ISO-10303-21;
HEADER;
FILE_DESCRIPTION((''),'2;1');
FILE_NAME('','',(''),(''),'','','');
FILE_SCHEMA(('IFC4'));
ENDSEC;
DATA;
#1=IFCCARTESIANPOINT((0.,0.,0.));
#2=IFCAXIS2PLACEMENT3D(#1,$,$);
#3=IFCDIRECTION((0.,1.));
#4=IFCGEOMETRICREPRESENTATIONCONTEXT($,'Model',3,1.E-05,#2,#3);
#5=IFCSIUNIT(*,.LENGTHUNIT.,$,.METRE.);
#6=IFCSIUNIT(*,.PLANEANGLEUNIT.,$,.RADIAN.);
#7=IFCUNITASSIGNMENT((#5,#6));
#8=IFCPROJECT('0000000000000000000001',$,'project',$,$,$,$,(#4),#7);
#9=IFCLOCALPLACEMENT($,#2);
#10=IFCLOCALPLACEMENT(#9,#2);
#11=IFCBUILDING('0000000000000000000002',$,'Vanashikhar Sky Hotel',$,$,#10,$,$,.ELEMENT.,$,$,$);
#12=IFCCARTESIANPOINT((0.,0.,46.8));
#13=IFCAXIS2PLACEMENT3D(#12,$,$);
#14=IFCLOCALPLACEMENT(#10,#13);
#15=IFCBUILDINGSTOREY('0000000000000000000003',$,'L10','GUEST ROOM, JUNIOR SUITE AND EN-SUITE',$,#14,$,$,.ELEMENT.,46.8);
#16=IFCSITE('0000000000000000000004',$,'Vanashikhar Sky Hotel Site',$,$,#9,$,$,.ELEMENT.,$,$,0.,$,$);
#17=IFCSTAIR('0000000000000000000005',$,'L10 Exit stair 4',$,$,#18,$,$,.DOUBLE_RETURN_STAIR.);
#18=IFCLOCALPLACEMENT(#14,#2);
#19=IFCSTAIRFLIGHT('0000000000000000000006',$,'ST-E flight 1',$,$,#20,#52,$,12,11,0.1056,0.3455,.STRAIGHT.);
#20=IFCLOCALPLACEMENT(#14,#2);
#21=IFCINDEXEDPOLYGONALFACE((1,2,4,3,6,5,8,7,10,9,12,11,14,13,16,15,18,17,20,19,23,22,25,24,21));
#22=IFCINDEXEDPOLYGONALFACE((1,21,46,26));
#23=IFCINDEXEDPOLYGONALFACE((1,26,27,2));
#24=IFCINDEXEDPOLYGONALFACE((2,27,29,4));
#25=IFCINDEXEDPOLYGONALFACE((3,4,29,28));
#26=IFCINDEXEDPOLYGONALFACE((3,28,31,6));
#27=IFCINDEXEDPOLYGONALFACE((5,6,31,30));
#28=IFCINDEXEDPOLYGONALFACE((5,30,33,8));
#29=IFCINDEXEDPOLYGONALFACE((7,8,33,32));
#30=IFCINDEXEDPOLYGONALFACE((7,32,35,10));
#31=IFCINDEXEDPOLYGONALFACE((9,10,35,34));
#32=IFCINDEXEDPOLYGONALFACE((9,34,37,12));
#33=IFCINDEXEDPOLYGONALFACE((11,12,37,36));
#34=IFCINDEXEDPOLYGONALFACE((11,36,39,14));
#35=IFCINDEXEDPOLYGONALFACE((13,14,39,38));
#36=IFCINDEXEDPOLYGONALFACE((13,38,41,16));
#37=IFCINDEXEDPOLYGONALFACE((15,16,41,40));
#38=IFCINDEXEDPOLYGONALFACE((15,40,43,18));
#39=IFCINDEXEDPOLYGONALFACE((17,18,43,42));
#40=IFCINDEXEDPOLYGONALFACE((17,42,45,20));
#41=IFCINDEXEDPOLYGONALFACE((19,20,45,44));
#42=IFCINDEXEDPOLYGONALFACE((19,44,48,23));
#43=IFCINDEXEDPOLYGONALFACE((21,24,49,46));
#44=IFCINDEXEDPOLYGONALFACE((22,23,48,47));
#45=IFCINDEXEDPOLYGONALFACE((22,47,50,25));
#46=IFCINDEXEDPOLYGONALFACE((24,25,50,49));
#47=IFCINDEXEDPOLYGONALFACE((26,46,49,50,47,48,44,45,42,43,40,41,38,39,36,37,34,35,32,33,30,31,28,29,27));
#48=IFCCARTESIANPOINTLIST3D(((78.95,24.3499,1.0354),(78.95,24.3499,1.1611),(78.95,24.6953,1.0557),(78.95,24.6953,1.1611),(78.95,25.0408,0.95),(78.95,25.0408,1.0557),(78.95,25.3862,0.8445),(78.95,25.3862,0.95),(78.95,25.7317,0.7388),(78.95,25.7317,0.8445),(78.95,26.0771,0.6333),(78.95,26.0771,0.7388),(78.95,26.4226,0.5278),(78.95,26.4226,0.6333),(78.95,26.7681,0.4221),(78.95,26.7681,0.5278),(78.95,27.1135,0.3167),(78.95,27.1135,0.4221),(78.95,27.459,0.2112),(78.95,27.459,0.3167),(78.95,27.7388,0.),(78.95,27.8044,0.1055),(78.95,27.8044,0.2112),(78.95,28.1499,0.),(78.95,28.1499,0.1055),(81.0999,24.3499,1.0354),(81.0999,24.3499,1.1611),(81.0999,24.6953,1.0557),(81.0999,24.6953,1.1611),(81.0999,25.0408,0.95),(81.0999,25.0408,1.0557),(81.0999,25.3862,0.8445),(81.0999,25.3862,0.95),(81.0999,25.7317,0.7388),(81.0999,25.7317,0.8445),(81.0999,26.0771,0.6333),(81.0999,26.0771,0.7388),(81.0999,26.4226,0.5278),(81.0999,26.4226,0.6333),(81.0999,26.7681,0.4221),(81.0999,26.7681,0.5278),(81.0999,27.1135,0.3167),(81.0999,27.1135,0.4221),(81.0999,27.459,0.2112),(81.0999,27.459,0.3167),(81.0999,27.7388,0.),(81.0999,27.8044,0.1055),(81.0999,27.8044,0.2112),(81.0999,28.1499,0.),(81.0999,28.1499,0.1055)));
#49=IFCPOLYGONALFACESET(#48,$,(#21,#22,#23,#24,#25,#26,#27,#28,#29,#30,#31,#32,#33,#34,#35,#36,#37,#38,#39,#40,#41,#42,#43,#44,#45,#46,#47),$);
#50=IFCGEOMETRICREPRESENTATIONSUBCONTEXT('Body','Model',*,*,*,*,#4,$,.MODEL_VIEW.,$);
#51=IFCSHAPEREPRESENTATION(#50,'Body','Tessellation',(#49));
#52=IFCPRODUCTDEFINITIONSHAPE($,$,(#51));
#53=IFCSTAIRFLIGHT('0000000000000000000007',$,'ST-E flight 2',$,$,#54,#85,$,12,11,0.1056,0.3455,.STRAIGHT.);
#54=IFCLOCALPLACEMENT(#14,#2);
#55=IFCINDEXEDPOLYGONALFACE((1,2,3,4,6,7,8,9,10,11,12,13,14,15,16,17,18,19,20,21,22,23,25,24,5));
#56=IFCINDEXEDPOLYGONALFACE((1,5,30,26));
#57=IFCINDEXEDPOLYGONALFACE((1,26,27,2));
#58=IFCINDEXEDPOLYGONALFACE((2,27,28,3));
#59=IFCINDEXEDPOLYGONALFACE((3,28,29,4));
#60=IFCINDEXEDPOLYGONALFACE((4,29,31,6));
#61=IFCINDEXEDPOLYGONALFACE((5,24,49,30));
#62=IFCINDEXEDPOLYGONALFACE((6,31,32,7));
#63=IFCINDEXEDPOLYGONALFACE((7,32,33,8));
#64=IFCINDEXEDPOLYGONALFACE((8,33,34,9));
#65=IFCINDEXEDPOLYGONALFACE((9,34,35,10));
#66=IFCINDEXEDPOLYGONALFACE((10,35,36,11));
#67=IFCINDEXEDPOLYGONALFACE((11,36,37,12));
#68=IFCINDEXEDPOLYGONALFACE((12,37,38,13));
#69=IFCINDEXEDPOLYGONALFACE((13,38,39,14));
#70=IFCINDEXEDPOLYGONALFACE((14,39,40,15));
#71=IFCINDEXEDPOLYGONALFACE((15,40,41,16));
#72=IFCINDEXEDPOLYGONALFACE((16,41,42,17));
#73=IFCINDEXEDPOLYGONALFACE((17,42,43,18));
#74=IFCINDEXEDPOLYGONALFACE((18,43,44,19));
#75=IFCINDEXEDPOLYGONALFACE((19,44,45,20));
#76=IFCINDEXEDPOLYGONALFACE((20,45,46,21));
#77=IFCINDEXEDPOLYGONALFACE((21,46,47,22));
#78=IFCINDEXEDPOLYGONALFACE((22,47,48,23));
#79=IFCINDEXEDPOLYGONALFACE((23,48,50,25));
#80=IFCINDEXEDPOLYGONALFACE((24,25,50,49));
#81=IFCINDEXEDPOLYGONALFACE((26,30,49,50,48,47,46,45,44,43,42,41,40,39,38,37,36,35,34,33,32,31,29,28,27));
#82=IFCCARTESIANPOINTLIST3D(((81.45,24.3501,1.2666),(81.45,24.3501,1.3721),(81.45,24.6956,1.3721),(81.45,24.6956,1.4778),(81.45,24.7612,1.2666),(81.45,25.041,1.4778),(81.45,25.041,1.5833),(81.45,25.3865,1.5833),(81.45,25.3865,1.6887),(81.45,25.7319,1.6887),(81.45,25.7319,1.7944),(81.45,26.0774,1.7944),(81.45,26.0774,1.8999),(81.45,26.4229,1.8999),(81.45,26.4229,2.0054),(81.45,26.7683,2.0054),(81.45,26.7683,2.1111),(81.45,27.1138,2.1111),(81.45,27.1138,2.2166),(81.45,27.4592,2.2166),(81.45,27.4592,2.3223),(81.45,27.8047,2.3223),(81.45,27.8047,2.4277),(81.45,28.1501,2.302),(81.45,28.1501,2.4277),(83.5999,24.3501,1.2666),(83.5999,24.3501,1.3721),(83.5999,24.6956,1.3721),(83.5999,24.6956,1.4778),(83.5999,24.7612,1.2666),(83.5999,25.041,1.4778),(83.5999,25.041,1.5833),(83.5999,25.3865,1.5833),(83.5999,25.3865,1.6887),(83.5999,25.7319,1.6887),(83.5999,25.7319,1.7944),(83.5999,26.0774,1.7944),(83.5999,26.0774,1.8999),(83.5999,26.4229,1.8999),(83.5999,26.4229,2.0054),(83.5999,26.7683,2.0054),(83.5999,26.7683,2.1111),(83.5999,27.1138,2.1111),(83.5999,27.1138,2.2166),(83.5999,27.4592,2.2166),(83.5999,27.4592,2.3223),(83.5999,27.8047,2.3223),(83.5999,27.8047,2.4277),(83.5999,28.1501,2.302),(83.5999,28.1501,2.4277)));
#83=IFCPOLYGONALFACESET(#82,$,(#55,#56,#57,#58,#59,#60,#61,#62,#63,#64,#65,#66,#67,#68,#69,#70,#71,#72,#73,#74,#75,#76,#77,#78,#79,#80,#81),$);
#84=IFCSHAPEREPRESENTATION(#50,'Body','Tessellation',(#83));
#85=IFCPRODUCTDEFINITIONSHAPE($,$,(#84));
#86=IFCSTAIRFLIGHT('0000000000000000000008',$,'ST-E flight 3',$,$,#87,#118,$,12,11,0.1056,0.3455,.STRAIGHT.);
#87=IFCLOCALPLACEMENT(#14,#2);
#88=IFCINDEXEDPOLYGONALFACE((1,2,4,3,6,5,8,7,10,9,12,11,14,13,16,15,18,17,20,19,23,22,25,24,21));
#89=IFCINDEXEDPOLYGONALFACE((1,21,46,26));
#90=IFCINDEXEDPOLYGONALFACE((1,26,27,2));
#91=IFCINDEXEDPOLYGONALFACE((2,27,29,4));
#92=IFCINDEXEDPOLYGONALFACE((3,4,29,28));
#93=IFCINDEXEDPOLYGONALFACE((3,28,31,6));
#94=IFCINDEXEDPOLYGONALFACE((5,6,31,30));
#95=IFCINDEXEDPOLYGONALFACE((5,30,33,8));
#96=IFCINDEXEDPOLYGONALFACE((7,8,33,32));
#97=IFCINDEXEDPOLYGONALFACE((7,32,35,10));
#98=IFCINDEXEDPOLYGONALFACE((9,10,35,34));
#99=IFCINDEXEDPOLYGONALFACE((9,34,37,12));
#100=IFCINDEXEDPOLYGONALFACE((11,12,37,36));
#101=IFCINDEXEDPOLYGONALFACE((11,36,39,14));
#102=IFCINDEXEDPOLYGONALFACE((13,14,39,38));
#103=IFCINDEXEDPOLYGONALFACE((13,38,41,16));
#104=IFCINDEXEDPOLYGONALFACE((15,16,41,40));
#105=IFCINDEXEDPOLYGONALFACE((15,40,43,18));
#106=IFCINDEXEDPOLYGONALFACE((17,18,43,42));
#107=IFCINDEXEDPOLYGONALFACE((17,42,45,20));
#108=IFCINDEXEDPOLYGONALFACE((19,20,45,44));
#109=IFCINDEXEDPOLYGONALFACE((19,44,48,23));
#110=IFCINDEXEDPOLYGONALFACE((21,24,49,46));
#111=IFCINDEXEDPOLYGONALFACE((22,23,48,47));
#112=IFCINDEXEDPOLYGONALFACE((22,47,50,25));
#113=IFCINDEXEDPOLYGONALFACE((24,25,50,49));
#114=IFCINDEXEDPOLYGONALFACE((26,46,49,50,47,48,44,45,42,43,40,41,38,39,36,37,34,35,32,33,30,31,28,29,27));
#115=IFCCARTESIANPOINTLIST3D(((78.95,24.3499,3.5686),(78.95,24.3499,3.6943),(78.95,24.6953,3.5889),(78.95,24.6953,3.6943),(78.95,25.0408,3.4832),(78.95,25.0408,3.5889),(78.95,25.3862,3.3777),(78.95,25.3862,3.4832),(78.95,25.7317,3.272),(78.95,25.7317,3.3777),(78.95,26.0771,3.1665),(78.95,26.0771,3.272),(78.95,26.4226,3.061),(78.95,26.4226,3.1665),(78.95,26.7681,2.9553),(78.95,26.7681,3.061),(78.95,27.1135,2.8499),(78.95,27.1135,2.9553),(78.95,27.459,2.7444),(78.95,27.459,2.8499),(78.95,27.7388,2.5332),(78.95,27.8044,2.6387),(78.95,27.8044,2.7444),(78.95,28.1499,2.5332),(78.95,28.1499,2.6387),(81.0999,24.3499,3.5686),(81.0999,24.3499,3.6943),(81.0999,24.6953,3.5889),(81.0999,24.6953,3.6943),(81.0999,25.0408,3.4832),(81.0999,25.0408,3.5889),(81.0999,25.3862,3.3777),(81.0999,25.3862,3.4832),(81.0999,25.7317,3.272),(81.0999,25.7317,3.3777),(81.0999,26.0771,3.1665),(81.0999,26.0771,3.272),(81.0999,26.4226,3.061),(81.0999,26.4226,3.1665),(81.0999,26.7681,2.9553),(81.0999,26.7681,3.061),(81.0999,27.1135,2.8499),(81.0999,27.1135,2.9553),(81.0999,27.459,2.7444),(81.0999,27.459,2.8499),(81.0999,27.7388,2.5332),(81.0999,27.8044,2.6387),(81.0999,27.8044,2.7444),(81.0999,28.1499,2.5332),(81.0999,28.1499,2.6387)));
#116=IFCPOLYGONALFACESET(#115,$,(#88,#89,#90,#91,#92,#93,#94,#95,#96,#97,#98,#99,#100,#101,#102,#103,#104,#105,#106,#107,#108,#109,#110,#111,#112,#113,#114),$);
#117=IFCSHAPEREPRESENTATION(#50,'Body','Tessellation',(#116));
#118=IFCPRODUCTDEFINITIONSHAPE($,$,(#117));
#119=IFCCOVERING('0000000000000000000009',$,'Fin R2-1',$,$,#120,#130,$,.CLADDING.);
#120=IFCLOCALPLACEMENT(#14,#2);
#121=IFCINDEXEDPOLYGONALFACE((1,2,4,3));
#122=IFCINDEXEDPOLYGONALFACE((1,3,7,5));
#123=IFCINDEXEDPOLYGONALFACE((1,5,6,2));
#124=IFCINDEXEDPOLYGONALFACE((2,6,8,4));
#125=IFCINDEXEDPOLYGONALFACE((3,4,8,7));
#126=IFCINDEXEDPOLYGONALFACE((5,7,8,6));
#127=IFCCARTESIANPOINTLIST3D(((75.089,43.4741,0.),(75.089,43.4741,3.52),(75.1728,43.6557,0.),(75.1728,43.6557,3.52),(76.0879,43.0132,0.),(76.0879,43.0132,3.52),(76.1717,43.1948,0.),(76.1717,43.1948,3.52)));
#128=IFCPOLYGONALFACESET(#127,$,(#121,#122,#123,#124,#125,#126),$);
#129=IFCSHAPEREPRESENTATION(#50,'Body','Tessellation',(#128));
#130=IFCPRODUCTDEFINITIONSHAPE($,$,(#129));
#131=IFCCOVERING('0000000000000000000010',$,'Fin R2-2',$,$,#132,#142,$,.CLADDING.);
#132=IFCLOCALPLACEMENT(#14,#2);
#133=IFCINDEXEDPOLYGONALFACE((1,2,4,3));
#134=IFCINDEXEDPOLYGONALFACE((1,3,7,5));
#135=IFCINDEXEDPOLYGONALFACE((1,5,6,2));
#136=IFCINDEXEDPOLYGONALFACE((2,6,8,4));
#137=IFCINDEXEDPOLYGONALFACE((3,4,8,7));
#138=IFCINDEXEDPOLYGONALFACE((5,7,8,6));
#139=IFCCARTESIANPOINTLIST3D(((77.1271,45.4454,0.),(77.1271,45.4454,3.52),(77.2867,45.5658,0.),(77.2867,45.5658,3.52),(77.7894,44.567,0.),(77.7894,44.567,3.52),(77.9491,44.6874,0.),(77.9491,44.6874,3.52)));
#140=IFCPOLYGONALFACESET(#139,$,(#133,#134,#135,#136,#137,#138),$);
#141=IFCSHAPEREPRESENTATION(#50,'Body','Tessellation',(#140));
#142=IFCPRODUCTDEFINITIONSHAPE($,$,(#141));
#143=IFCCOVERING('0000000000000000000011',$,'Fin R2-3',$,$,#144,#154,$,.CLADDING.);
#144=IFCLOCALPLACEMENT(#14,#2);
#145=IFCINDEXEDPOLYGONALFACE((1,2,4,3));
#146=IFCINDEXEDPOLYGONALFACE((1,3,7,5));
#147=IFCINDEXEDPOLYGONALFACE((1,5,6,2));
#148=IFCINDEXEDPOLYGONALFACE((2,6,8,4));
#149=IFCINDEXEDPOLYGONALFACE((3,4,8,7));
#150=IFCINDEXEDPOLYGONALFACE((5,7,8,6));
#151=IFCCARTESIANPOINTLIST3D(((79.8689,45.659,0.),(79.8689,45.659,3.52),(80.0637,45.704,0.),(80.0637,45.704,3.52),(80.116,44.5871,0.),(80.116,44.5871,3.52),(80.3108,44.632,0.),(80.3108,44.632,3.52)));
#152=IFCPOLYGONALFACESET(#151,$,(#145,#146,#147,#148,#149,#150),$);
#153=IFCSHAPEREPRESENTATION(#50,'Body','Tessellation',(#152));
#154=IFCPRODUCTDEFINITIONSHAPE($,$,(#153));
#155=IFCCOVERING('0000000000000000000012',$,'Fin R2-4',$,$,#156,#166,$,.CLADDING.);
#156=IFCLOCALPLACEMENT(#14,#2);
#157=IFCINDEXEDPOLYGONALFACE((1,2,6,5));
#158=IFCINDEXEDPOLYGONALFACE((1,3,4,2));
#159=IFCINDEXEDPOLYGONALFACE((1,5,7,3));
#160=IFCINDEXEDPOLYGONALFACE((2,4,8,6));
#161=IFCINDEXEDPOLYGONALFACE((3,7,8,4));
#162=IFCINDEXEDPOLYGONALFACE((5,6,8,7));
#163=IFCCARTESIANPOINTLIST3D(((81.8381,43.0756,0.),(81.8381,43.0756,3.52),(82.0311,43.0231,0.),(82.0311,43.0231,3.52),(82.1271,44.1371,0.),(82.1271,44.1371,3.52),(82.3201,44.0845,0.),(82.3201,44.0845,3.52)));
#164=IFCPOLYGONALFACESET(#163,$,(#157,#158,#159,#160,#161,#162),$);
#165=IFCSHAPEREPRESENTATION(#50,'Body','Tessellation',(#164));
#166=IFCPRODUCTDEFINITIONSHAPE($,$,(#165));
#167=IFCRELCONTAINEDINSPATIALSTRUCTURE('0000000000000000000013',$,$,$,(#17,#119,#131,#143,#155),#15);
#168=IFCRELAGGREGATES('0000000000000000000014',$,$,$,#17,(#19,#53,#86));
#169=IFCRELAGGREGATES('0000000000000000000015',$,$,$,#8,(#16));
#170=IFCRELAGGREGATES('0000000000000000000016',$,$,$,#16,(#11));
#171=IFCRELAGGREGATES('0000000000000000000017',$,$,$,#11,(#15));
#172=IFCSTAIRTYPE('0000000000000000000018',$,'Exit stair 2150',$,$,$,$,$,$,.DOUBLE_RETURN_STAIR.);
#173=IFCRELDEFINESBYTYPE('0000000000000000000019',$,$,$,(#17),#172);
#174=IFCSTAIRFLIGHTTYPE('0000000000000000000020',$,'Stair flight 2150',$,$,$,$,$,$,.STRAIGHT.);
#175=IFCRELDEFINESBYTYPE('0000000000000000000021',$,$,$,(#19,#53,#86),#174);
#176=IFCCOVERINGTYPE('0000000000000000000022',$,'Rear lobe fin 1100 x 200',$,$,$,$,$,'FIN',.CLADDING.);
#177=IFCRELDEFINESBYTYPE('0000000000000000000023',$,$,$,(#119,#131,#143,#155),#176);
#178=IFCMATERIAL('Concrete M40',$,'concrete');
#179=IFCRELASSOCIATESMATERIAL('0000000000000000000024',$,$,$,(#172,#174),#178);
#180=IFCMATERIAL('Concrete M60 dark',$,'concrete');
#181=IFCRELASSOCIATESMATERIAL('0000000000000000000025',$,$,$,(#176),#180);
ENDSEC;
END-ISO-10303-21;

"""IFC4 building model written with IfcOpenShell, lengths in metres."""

from ifc_helpers import new_model, si_unit, direction, frame, origin, origin_2d, place, context, subcontext, project, spatial, polyline, rectangle, outline, extrude, source, transform, mapped, material, material_profile, profile_set, type_object, element, aggregate, save


model = new_model("IFC4")

# Units and contexts
model_context = context("Model", 3, precision=1e-05, world=origin(), true_north=direction((0.0, 1.0)))
body_context = subcontext(model_context, "Body", "Model", "MODEL_VIEW")
ifc_project = project(units=[si_unit("LENGTHUNIT", "METRE"), si_unit("PLANEANGLEUNIT", "RADIAN")], contexts=[model_context])

# Site, building, storey
site_placement = place(None, origin())
site = spatial("IfcSite", under=ifc_project, at=site_placement, Name="Vanashikhar Sky Hotel Site", CompositionType="ELEMENT", RefElevation=0.0)
building_placement = place(site_placement, origin())
building = spatial("IfcBuilding", under=site, at=building_placement, Name="Vanashikhar Sky Hotel", CompositionType="ELEMENT")
storey_placement = place(building_placement, frame((0.0, 0.0, 46.8)))
storey = spatial("IfcBuildingStorey", under=building, at=storey_placement, Name="L10", Description="GUEST ROOM, JUNIOR SUITE AND EN-SUITE", CompositionType="ELEMENT", Elevation=46.8)

# Stair, stair flights
ifc_material_1 = material(Name="Concrete M40", Category="concrete")
stair_type = type_object("IfcStairType", Name="Exit stair 2150", PredefinedType="DOUBLE_RETURN_STAIR", material=ifc_material_1)
stair_placement = place(storey_placement, origin())
stair = element("IfcStair", 1, at=stair_placement, inside=storey, type_object=stair_type, Name="L10 Exit stair 4", PredefinedType="DOUBLE_RETURN_STAIR")
stair_flight_type = type_object("IfcStairFlightType", Name="Stair flight 2150", PredefinedType="STRAIGHT", material=ifc_material_1)
shared_shape_1 = source(origin(), body_context, "Body", "SweptSolid", [
    extrude(outline(polyline([(0.0, 0.0), (0.0, 0.1055), (0.3455, 0.1055), (0.3455, 0.2112), (0.6909, 0.2112), (0.6909, 0.3167), (1.0364, 0.3167), (1.0364, 0.4221), (1.3818, 0.4221), (1.3818, 0.5278), (1.7273, 0.5278), (1.7273, 0.6333), (2.0728, 0.6333), (2.0728, 0.7388), (2.4182, 0.7388), (2.4182, 0.8445), (2.7637, 0.8445), (2.7637, 0.95), (3.1091, 0.95), (3.1091, 1.0557), (3.4546, 1.0557), (3.4546, 1.1611), (3.8, 1.1611), (3.8, 1.2666), (3.8, 1.0354), (0.4111, 0.0), (0.0, 0.0)])), frame((0.0, 1.075, 0.0), z_axis=(0.0, -1.0, 0.0), x_axis=(1.0, 0.0, 0.0)), (0.0, 0.0, 1.0), 2.1499),
])
stair_flight_1_placement = place(storey_placement, frame((80.0249, 28.1499, 0.0), z_axis=(0.0, 0.0, 1.0), x_axis=(0.0, -1.0, 0.0)))
stair_flight_1 = element("IfcStairFlight", 2, at=stair_flight_1_placement, type_object=stair_flight_type, Name="ST-E flight 1", NumberOfRisers=12, NumberOfTreads=11, PredefinedType="STRAIGHT", RiserHeight=0.1056, TreadLength=0.3455, context=body_context, shape_type="MappedRepresentation", body=[
    mapped(shared_shape_1, transform((0.0, 0.0, 0.0), scale=1.0)),
])
stair_flight_2_placement = place(storey_placement, frame((82.5249, 24.3501, 1.2666), z_axis=(0.0, 0.0, 1.0), x_axis=(0.0, 1.0, 0.0)))
stair_flight_2 = element("IfcStairFlight", 3, at=stair_flight_2_placement, type_object=stair_flight_type, Name="ST-E flight 2", NumberOfRisers=12, NumberOfTreads=11, PredefinedType="STRAIGHT", RiserHeight=0.1056, TreadLength=0.3455, context=body_context, shape_type="MappedRepresentation", body=[
    mapped(shared_shape_1, transform((0.0, 0.0, 0.0), scale=1.0)),
])
stair_flight_3_placement = place(storey_placement, frame((80.0249, 28.1499, 2.5332), z_axis=(0.0, 0.0, 1.0), x_axis=(0.0, -1.0, 0.0)))
stair_flight_3 = element("IfcStairFlight", 4, at=stair_flight_3_placement, type_object=stair_flight_type, Name="ST-E flight 3", NumberOfRisers=12, NumberOfTreads=11, PredefinedType="STRAIGHT", RiserHeight=0.1056, TreadLength=0.3455, context=body_context, shape_type="MappedRepresentation", body=[
    mapped(shared_shape_1, transform((0.0, 0.0, 0.0), scale=1.0)),
])
aggregate(stair, [stair_flight_1, stair_flight_2, stair_flight_3])

# Coverings
ifc_material_2 = material(Name="Concrete M60 dark", Category="concrete")
ifc_material_profile_1 = material_profile(ifc_material_2, rectangle(XDim=1.1001, YDim=0.2, at=origin_2d()))
ifc_profile_set_1 = profile_set([ifc_material_profile_1], Name="Rear lobe fin 1100 x 200")
covering_type = type_object("IfcCoveringType", Name="Rear lobe fin 1100 x 200", ElementType="FIN", PredefinedType="CLADDING", material=ifc_profile_set_1)
shared_shape_2 = source(origin(), body_context, "Body", "SweptSolid", [
    extrude(rectangle(XDim=1.1001, YDim=0.2, at=origin_2d()), origin(), (0.0, 0.0, 1.0), 3.52),
])
for number, where, z_axis, x_axis, name in (
    (5, (75.6304, 43.3345, 0.0), (0.0, 0.0, 1.0), (-0.908004, 0.418961, 0.0), "Fin R2-1"),
    (6, (77.5381, 45.0664, 0.0), (0.0, 0.0, 1.0), (-0.602066, 0.798446, 0.0), "Fin R2-2"),
    (7, (80.0898, 45.1455, 0.0), (0.0, 0.0, 1.0), (-0.224645, 0.974441, 0.0), "Fin R2-3"),
    (8, (82.0791, 43.5801, 0.0), (0.0, 0.0, 1.0), (0.262711, 0.964874, 0.0), "Fin R2-4"),
):
    element("IfcCovering", number, at=place(storey_placement, frame(where, z_axis=z_axis, x_axis=x_axis)), inside=storey, type_object=covering_type, Name=name, PredefinedType="CLADDING", context=body_context, shape_type="MappedRepresentation", body=[
        mapped(shared_shape_2, transform((0.0, 0.0, 0.0), scale=1.0)),
    ])

save(model, "model.ifc")
